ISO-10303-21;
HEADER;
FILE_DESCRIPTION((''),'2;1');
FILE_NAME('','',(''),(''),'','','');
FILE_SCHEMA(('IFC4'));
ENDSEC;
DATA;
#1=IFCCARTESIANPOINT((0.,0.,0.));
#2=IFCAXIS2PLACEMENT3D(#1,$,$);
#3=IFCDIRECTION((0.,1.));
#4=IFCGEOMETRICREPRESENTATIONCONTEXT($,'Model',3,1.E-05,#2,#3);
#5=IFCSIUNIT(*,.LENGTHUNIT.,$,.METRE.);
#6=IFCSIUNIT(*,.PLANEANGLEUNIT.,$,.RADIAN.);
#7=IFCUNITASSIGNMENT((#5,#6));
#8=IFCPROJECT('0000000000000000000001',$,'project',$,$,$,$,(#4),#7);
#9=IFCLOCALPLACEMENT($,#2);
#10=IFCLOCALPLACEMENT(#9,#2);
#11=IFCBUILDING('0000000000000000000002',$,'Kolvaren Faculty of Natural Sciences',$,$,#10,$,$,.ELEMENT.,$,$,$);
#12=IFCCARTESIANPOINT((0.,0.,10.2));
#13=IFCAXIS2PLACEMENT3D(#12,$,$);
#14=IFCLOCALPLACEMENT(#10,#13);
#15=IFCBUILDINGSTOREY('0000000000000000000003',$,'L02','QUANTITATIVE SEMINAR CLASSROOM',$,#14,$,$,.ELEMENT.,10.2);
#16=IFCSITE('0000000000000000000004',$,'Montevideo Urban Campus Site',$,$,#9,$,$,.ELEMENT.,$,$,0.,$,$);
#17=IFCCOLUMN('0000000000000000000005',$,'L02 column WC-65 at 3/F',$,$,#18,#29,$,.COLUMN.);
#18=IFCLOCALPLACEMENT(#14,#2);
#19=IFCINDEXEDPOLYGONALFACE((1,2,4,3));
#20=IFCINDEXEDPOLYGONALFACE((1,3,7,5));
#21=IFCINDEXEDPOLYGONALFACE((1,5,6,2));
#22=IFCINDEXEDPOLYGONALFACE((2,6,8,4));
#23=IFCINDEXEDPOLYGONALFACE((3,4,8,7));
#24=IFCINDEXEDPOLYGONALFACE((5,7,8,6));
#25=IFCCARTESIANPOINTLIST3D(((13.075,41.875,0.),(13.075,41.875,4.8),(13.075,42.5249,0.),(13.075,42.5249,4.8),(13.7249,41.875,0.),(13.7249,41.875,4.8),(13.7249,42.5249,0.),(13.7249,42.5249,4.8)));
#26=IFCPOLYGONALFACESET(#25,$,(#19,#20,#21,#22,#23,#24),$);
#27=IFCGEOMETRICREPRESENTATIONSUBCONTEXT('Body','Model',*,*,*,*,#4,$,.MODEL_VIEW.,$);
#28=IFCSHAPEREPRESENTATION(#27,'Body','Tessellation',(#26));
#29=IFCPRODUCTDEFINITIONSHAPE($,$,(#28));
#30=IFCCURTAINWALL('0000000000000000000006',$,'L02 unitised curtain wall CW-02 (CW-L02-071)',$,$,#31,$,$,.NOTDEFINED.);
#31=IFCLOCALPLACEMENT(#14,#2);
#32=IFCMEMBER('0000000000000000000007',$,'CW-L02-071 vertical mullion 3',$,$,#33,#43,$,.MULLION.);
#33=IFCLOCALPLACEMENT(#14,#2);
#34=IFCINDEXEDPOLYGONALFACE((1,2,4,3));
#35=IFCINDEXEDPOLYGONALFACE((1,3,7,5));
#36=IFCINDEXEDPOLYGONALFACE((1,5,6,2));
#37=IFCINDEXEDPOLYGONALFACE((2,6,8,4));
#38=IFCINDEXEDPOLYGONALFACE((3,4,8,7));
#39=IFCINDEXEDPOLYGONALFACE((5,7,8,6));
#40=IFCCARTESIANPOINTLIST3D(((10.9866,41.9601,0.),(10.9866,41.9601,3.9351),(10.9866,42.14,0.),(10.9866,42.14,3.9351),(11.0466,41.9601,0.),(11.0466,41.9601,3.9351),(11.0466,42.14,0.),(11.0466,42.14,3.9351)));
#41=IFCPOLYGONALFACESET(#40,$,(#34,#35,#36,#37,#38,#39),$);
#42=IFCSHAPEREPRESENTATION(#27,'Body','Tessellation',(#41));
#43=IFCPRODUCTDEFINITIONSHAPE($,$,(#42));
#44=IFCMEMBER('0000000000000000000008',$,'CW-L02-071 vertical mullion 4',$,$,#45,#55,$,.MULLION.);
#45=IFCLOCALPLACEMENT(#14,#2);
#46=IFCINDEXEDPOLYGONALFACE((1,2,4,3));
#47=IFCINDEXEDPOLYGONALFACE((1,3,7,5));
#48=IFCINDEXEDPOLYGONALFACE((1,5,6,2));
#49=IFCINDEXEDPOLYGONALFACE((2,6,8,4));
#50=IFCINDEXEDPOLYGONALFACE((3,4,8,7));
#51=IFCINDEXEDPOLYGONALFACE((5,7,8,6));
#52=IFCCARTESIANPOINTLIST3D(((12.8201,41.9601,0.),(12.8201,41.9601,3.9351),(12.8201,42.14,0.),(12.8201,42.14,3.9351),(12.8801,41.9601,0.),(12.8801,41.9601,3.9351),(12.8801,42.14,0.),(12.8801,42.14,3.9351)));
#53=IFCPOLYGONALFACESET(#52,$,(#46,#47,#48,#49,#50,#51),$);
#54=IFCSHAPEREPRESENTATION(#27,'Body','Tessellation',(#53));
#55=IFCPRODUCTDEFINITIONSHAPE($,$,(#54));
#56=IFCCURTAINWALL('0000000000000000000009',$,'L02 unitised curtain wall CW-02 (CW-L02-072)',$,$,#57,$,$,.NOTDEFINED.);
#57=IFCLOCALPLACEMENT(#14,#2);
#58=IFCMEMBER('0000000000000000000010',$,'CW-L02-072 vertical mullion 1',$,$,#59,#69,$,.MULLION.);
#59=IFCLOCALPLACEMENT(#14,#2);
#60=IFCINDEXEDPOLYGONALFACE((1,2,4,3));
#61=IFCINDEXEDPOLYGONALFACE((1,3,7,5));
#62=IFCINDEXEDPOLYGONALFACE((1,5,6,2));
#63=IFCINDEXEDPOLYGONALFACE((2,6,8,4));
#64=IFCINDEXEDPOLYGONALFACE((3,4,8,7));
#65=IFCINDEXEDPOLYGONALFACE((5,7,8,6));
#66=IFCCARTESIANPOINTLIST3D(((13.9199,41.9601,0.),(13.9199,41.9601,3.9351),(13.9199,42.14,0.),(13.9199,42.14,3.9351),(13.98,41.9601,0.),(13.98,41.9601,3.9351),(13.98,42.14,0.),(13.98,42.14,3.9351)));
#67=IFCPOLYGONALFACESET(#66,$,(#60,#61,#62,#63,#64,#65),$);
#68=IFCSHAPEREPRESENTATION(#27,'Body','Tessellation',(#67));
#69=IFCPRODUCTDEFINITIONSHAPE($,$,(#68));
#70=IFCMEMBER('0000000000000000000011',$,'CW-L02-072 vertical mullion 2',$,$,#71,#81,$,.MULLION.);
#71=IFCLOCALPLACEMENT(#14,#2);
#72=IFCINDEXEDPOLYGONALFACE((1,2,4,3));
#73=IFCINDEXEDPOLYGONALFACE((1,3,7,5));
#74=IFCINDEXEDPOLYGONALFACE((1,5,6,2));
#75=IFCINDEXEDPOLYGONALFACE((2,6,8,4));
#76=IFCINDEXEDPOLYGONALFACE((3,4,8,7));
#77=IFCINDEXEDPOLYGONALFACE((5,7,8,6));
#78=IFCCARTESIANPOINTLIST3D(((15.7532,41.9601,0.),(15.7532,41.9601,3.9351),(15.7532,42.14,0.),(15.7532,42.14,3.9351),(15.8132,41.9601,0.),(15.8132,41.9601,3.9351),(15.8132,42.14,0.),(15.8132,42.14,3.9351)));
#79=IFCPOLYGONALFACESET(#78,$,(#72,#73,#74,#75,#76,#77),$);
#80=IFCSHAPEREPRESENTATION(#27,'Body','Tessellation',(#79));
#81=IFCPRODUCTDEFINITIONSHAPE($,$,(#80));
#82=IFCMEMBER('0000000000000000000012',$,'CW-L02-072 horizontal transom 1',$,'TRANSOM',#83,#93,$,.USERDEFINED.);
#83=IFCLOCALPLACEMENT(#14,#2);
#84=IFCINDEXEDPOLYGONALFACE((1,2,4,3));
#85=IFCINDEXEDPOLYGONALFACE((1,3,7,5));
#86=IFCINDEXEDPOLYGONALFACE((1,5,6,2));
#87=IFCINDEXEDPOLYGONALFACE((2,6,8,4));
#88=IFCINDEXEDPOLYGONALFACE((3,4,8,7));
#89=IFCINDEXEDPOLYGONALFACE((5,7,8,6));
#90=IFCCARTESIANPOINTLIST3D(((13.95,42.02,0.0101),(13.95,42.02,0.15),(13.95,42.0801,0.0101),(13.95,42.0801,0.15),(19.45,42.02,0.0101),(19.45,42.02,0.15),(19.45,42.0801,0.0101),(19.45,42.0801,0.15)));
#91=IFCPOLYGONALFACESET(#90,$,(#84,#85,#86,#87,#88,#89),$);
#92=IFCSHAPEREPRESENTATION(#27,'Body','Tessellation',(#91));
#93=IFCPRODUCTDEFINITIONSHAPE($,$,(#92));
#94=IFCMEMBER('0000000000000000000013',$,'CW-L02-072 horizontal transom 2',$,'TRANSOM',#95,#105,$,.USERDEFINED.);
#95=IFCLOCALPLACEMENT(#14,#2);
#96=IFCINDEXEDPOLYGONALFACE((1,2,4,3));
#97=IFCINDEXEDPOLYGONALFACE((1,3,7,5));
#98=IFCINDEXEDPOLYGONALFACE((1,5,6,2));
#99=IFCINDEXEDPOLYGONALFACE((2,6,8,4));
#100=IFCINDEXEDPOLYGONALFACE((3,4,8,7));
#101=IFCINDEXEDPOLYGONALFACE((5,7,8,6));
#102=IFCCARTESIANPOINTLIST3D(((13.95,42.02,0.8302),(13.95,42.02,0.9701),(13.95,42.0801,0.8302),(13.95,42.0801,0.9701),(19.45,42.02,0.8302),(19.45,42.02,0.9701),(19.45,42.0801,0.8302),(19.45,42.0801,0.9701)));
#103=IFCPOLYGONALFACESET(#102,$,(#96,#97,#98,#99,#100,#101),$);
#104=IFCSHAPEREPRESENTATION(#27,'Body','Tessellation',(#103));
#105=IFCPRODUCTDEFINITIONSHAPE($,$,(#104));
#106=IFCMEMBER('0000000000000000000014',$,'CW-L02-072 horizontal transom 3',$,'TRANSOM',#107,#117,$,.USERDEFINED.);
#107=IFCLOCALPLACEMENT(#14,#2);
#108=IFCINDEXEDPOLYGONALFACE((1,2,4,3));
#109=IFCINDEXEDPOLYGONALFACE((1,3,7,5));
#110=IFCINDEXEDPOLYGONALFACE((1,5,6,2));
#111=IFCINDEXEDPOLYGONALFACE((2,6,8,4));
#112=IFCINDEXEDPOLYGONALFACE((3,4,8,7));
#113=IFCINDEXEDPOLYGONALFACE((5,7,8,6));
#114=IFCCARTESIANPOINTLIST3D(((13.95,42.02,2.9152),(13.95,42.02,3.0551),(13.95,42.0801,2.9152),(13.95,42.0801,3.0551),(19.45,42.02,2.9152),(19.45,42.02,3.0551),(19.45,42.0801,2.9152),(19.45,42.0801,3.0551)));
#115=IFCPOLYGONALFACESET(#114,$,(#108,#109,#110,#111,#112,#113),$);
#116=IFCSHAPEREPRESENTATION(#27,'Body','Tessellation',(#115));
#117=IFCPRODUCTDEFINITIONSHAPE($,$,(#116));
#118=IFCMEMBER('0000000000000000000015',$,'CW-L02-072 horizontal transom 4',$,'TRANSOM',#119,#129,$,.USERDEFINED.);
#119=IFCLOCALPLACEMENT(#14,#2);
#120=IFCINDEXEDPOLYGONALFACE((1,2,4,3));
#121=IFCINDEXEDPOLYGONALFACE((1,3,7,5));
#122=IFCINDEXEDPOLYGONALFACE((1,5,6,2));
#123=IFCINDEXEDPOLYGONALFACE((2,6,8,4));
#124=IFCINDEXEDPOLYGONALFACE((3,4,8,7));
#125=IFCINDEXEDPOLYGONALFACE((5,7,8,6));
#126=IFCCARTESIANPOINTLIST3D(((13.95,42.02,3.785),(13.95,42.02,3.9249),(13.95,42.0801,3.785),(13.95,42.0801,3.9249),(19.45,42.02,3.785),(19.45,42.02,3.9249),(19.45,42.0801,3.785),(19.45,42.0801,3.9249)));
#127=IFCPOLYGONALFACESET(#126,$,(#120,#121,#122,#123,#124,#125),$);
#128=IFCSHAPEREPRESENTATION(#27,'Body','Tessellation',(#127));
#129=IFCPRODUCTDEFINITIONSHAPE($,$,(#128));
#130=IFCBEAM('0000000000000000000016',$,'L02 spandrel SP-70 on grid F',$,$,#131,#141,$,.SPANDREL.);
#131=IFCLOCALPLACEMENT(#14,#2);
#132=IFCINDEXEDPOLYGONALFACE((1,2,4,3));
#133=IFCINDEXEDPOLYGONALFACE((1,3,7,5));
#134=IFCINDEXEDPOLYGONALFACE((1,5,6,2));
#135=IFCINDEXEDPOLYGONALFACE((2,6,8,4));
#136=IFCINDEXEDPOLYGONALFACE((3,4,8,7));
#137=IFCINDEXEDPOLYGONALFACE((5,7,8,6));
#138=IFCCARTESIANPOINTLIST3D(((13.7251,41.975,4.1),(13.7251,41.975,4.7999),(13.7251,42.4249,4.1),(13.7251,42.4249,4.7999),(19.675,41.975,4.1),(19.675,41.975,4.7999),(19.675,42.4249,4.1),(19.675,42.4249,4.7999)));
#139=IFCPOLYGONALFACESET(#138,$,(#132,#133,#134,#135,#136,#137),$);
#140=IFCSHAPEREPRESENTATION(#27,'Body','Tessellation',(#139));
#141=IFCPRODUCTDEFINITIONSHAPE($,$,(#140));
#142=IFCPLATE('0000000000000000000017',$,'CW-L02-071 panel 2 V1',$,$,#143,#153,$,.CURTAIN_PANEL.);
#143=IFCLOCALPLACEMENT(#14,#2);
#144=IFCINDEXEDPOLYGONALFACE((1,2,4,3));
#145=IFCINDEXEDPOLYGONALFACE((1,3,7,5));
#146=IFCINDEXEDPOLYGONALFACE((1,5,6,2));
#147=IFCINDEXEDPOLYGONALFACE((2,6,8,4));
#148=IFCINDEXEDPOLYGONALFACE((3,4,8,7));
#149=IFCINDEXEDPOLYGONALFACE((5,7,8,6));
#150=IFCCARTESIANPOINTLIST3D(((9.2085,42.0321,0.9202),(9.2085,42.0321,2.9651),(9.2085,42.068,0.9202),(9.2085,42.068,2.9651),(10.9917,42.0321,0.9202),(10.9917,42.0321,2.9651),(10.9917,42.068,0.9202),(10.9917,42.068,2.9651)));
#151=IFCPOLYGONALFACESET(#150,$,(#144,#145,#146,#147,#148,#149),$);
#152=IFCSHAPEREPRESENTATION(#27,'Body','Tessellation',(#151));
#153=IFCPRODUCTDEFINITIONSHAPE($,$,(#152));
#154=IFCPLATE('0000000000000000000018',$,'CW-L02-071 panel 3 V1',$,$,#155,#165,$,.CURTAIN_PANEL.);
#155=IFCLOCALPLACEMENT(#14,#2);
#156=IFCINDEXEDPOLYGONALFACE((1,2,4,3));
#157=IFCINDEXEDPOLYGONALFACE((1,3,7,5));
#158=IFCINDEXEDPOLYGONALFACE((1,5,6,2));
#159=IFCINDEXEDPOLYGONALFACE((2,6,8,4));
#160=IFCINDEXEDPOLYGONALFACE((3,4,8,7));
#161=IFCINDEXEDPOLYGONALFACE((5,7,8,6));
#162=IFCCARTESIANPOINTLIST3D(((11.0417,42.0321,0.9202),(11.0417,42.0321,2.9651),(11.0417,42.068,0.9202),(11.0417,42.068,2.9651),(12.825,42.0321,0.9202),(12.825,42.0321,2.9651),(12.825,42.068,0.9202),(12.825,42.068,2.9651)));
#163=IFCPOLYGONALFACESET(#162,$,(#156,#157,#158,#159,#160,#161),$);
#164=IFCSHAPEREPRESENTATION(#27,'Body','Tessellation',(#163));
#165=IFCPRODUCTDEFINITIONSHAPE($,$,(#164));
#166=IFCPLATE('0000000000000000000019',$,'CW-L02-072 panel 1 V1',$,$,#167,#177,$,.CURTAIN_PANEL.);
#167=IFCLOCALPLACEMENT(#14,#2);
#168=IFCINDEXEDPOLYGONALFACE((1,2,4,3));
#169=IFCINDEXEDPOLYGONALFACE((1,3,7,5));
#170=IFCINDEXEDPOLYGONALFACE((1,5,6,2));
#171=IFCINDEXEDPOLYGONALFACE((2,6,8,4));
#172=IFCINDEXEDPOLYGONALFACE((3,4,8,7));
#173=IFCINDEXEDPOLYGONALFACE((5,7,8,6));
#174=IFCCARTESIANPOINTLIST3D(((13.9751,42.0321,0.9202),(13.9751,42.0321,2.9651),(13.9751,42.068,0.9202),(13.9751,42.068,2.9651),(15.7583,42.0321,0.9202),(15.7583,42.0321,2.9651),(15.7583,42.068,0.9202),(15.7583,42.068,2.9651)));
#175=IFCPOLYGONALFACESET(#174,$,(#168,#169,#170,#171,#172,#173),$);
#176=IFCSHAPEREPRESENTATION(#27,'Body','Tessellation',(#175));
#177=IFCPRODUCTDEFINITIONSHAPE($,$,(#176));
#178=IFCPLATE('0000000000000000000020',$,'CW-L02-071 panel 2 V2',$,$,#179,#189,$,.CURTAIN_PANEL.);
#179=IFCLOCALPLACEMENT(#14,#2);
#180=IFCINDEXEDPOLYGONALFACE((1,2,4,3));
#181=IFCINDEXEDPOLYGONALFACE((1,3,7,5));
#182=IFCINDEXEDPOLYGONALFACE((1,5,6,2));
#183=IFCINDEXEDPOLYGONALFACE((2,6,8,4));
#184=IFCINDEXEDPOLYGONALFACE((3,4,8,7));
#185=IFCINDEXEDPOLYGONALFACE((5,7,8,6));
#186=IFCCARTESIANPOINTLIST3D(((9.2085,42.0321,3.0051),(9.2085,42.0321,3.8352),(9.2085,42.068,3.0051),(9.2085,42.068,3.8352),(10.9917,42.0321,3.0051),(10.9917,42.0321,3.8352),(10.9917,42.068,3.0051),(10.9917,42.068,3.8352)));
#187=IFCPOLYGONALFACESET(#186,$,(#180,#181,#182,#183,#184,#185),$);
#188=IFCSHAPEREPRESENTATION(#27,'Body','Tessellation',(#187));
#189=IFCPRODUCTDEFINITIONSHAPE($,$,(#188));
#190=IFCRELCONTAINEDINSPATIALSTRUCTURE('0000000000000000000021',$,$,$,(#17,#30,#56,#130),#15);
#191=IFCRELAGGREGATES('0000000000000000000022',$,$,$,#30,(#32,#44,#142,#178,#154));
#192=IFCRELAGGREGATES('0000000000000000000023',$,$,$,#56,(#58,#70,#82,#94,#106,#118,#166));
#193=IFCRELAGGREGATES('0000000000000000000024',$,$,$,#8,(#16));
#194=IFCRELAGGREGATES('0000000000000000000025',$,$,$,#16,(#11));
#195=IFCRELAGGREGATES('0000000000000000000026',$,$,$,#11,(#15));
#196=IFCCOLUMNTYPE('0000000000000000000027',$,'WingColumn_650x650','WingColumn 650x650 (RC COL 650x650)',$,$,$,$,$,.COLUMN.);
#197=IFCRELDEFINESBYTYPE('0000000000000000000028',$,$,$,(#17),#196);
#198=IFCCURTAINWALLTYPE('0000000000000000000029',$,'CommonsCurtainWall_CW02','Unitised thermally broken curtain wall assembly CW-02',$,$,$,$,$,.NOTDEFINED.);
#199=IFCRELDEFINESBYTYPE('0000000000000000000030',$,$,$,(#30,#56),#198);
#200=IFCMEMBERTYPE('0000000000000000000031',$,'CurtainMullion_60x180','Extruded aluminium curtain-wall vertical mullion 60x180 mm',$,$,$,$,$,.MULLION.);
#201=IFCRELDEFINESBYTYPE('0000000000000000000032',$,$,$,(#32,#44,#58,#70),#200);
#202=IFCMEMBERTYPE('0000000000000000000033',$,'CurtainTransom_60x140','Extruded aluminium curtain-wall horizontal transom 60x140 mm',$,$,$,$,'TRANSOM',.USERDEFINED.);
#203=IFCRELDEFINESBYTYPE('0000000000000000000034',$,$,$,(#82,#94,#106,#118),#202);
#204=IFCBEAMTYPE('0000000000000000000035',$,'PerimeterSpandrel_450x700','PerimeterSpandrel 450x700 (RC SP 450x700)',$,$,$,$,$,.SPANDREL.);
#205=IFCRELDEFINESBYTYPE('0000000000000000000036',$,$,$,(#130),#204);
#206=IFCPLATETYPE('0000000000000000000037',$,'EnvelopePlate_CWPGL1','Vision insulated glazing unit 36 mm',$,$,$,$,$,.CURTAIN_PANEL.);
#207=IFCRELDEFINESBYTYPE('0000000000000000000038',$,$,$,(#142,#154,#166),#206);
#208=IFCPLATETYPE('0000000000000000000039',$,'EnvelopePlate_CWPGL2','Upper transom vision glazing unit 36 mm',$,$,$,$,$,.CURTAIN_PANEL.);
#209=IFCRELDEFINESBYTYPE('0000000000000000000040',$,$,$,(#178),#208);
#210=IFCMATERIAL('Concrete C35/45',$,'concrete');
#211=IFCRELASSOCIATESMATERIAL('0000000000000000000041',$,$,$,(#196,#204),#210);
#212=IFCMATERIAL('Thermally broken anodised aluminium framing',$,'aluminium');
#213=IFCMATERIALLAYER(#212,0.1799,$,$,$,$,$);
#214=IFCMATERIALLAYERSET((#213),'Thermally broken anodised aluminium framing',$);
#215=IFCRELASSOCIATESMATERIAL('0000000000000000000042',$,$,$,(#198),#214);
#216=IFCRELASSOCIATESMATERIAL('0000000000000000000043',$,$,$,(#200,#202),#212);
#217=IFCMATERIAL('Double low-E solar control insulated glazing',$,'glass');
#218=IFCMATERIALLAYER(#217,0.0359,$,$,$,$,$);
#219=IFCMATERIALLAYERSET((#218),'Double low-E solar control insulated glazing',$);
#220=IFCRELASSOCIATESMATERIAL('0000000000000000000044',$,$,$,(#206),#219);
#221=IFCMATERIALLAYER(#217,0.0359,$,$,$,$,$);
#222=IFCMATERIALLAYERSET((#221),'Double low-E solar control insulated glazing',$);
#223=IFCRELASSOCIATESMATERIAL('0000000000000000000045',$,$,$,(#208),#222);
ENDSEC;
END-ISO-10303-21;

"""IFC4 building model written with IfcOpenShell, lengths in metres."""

from ifc_helpers import new_model, si_unit, direction, frame, origin, origin_2d, place, context, subcontext, project, spatial, rectangle, extrude, material, layer, layer_set, material_profile, profile_set, type_object, element, aggregate, save


model = new_model("IFC4")

# Units and contexts
model_context = context("Model", 3, precision=1e-05, world=origin(), true_north=direction((0.0, 1.0)))
body_context = subcontext(model_context, "Body", "Model", "MODEL_VIEW")
ifc_project = project(units=[si_unit("LENGTHUNIT", "METRE"), si_unit("PLANEANGLEUNIT", "RADIAN")], contexts=[model_context])

# Site, building, storey
site_placement = place(None, origin())
site = spatial("IfcSite", under=ifc_project, at=site_placement, Name="Montevideo Urban Campus Site", CompositionType="ELEMENT", RefElevation=0.0)
building_placement = place(site_placement, origin())
building = spatial("IfcBuilding", under=site, at=building_placement, Name="Kolvaren Faculty of Natural Sciences", CompositionType="ELEMENT")
storey_placement = place(building_placement, frame((0.0, 0.0, 10.2)))
storey = spatial("IfcBuildingStorey", under=building, at=storey_placement, Name="L02", Description="QUANTITATIVE SEMINAR CLASSROOM", CompositionType="ELEMENT", Elevation=10.2)

# Column
ifc_material_1 = material(Name="Concrete C35/45", Category="concrete")
ifc_material_profile_1 = material_profile(ifc_material_1, rectangle(XDim=0.6499, YDim=0.6499, at=origin_2d()), Name="RC COL 650x650")
ifc_profile_set_1 = profile_set([ifc_material_profile_1], Name="Concrete C35/45")
column_type = type_object("IfcColumnType", Name="WingColumn_650x650", Description="WingColumn 650x650 (RC COL 650x650)", PredefinedType="COLUMN", material=ifc_profile_set_1)
column_placement = place(storey_placement, frame((13.3999, 42.2, 0.0), z_axis=(0.0, 0.0, 1.0), x_axis=(1.0, 0.0, 0.0)))
element("IfcColumn", 1, at=column_placement, inside=storey, type_object=column_type, Name="L02 column WC-65 at 3/F", PredefinedType="COLUMN", context=body_context, shape_type="SweptSolid", body=[
    extrude(rectangle(XDim=0.6499, YDim=0.6499, at=origin_2d()), origin(), (0.0, 0.0, 1.0), 4.8),
])

# Curtain walls, members
ifc_material_2 = material(Name="Thermally broken anodised aluminium framing", Category="aluminium")
ifc_layer_1 = layer(ifc_material_2, 0.1799)
ifc_layer_set_1 = layer_set([ifc_layer_1], Name="Thermally broken anodised aluminium framing")
curtain_wall_type = type_object("IfcCurtainWallType", Name="CommonsCurtainWall_CW02", Description="Unitised thermally broken curtain wall assembly CW-02", PredefinedType="NOTDEFINED", material=ifc_layer_set_1)
curtain_wall_1_placement = place(storey_placement, origin())
curtain_wall_1 = element("IfcCurtainWall", 2, at=curtain_wall_1_placement, inside=storey, type_object=curtain_wall_type, Name="L02 unitised curtain wall CW-02 (CW-L02-071)", PredefinedType="NOTDEFINED")
ifc_material_profile_2 = material_profile(ifc_material_2, rectangle(XDim=0.0601, YDim=0.1799, at=origin_2d()), Name="ALU MUL 60x180")
ifc_profile_set_2 = profile_set([ifc_material_profile_2], Name="Thermally broken anodised aluminium framing")
member_type_1 = type_object("IfcMemberType", Name="CurtainMullion_60x180", Description="Extruded aluminium curtain-wall vertical mullion 60x180 mm", PredefinedType="MULLION", material=ifc_profile_set_2)
member_1_placement = place(storey_placement, frame((11.0166, 42.05, 0.0), z_axis=(0.0, 0.0, 1.0), x_axis=(1.0, 0.0, 0.0)))
member_1 = element("IfcMember", 3, at=member_1_placement, type_object=member_type_1, Name="CW-L02-071 vertical mullion 3", PredefinedType="MULLION", context=body_context, shape_type="SweptSolid", body=[
    extrude(rectangle(XDim=0.0601, YDim=0.1799, at=origin_2d()), origin(), (0.0, 0.0, 1.0), 3.9351),
])
member_2_placement = place(storey_placement, frame((12.8501, 42.05, 0.0), z_axis=(0.0, 0.0, 1.0), x_axis=(1.0, 0.0, 0.0)))
member_2 = element("IfcMember", 4, at=member_2_placement, type_object=member_type_1, Name="CW-L02-071 vertical mullion 4", PredefinedType="MULLION", context=body_context, shape_type="SweptSolid", body=[
    extrude(rectangle(XDim=0.0601, YDim=0.1799, at=origin_2d()), origin(), (0.0, 0.0, 1.0), 3.9351),
])
curtain_wall_2_placement = place(storey_placement, origin())
curtain_wall_2 = element("IfcCurtainWall", 5, at=curtain_wall_2_placement, inside=storey, type_object=curtain_wall_type, Name="L02 unitised curtain wall CW-02 (CW-L02-072)", PredefinedType="NOTDEFINED")
member_3_placement = place(storey_placement, frame((13.95, 42.05, 0.0), z_axis=(0.0, 0.0, 1.0), x_axis=(1.0, 0.0, 0.0)))
member_3 = element("IfcMember", 6, at=member_3_placement, type_object=member_type_1, Name="CW-L02-072 vertical mullion 1", PredefinedType="MULLION", context=body_context, shape_type="SweptSolid", body=[
    extrude(rectangle(XDim=0.0601, YDim=0.1799, at=origin_2d()), origin(), (0.0, 0.0, 1.0), 3.9351),
])
member_4_placement = place(storey_placement, frame((15.7832, 42.05, 0.0), z_axis=(0.0, 0.0, 1.0), x_axis=(1.0, 0.0, 0.0)))
member_4 = element("IfcMember", 7, at=member_4_placement, type_object=member_type_1, Name="CW-L02-072 vertical mullion 2", PredefinedType="MULLION", context=body_context, shape_type="SweptSolid", body=[
    extrude(rectangle(XDim=0.0601, YDim=0.1799, at=origin_2d()), origin(), (0.0, 0.0, 1.0), 3.9351),
])
ifc_material_profile_3 = material_profile(ifc_material_2, rectangle(XDim=0.0601, YDim=0.1399, at=origin_2d()), Name="ALU TRN 60x140")
ifc_profile_set_3 = profile_set([ifc_material_profile_3], Name="Thermally broken anodised aluminium framing")
member_type_2 = type_object("IfcMemberType", Name="CurtainTransom_60x140", Description="Extruded aluminium curtain-wall horizontal transom 60x140 mm", ElementType="TRANSOM", PredefinedType="USERDEFINED", material=ifc_profile_set_3)
member_5_placement = place(storey_placement, frame((13.95, 42.05, 0.0801), z_axis=(1.0, 0.0, 0.0), x_axis=(0.0, 1.0, 0.0)))
member_5 = element("IfcMember", 8, at=member_5_placement, type_object=member_type_2, Name="CW-L02-072 horizontal transom 1", ObjectType="TRANSOM", PredefinedType="USERDEFINED", context=body_context, shape_type="SweptSolid", body=[
    extrude(rectangle(XDim=0.0601, YDim=0.1399, at=origin_2d()), origin(), (0.0, 0.0, 1.0), 5.5),
])
member_6_placement = place(storey_placement, frame((13.95, 42.05, 0.9001), z_axis=(1.0, 0.0, 0.0), x_axis=(0.0, 1.0, 0.0)))
member_6 = element("IfcMember", 9, at=member_6_placement, type_object=member_type_2, Name="CW-L02-072 horizontal transom 2", ObjectType="TRANSOM", PredefinedType="USERDEFINED", context=body_context, shape_type="SweptSolid", body=[
    extrude(rectangle(XDim=0.0601, YDim=0.1399, at=origin_2d()), origin(), (0.0, 0.0, 1.0), 5.5),
])
member_7_placement = place(storey_placement, frame((13.95, 42.05, 2.9851), z_axis=(1.0, 0.0, 0.0), x_axis=(0.0, 1.0, 0.0)))
member_7 = element("IfcMember", 10, at=member_7_placement, type_object=member_type_2, Name="CW-L02-072 horizontal transom 3", ObjectType="TRANSOM", PredefinedType="USERDEFINED", context=body_context, shape_type="SweptSolid", body=[
    extrude(rectangle(XDim=0.0601, YDim=0.1399, at=origin_2d()), origin(), (0.0, 0.0, 1.0), 5.5),
])
member_8_placement = place(storey_placement, frame((13.95, 42.05, 3.855), z_axis=(1.0, 0.0, 0.0), x_axis=(0.0, 1.0, 0.0)))
member_8 = element("IfcMember", 11, at=member_8_placement, type_object=member_type_2, Name="CW-L02-072 horizontal transom 4", ObjectType="TRANSOM", PredefinedType="USERDEFINED", context=body_context, shape_type="SweptSolid", body=[
    extrude(rectangle(XDim=0.0601, YDim=0.1399, at=origin_2d()), origin(), (0.0, 0.0, 1.0), 5.5),
])

# Beam
ifc_material_profile_4 = material_profile(ifc_material_1, rectangle(XDim=0.45, YDim=0.7, at=origin_2d()), Name="RC SP 450x700")
ifc_profile_set_4 = profile_set([ifc_material_profile_4], Name="Concrete C35/45")
beam_type = type_object("IfcBeamType", Name="PerimeterSpandrel_450x700", Description="PerimeterSpandrel 450x700 (RC SP 450x700)", PredefinedType="SPANDREL", material=ifc_profile_set_4)
beam_placement = place(storey_placement, frame((13.7251, 42.2, 4.45), z_axis=(1.0, 0.0, 0.0), x_axis=(0.0, 1.0, 0.0)))
element("IfcBeam", 12, at=beam_placement, inside=storey, type_object=beam_type, Name="L02 spandrel SP-70 on grid F", PredefinedType="SPANDREL", context=body_context, shape_type="SweptSolid", body=[
    extrude(rectangle(XDim=0.45, YDim=0.7, at=origin_2d()), origin(), (0.0, 0.0, 1.0), 5.95),
])

# Plates
ifc_material_3 = material(Name="Double low-E solar control insulated glazing", Category="glass")
ifc_layer_2 = layer(ifc_material_3, 0.0359)
ifc_layer_set_2 = layer_set([ifc_layer_2], Name="Double low-E solar control insulated glazing")
plate_type_1 = type_object("IfcPlateType", Name="EnvelopePlate_CWPGL1", Description="Vision insulated glazing unit 36 mm", PredefinedType="CURTAIN_PANEL", material=ifc_layer_set_2)
plate_1_placement = place(storey_placement, frame((10.1001, 42.05, 0.9202), z_axis=(0.0, 0.0, 1.0), x_axis=(1.0, 0.0, 0.0)))
plate_1 = element("IfcPlate", 13, at=plate_1_placement, type_object=plate_type_1, Name="CW-L02-071 panel 2 V1", PredefinedType="CURTAIN_PANEL", context=body_context, shape_type="SweptSolid", body=[
    extrude(rectangle(XDim=1.7832, YDim=0.0359, at=origin_2d()), origin(), (0.0, 0.0, 1.0), 2.0449),
])
plate_2_placement = place(storey_placement, frame((11.9333, 42.05, 0.9202), z_axis=(0.0, 0.0, 1.0), x_axis=(1.0, 0.0, 0.0)))
plate_2 = element("IfcPlate", 14, at=plate_2_placement, type_object=plate_type_1, Name="CW-L02-071 panel 3 V1", PredefinedType="CURTAIN_PANEL", context=body_context, shape_type="SweptSolid", body=[
    extrude(rectangle(XDim=1.7832, YDim=0.0359, at=origin_2d()), origin(), (0.0, 0.0, 1.0), 2.0449),
])
plate_3_placement = place(storey_placement, frame((14.8667, 42.05, 0.9202), z_axis=(0.0, 0.0, 1.0), x_axis=(1.0, 0.0, 0.0)))
plate_3 = element("IfcPlate", 15, at=plate_3_placement, type_object=plate_type_1, Name="CW-L02-072 panel 1 V1", PredefinedType="CURTAIN_PANEL", context=body_context, shape_type="SweptSolid", body=[
    extrude(rectangle(XDim=1.7832, YDim=0.0359, at=origin_2d()), origin(), (0.0, 0.0, 1.0), 2.0449),
])
ifc_layer_3 = layer(ifc_material_3, 0.0359)
ifc_layer_set_3 = layer_set([ifc_layer_3], Name="Double low-E solar control insulated glazing")
plate_type_2 = type_object("IfcPlateType", Name="EnvelopePlate_CWPGL2", Description="Upper transom vision glazing unit 36 mm", PredefinedType="CURTAIN_PANEL", material=ifc_layer_set_3)
plate_4_placement = place(storey_placement, frame((10.1001, 42.05, 3.0051), z_axis=(0.0, 0.0, 1.0), x_axis=(1.0, 0.0, 0.0)))
plate_4 = element("IfcPlate", 16, at=plate_4_placement, type_object=plate_type_2, Name="CW-L02-071 panel 2 V2", PredefinedType="CURTAIN_PANEL", context=body_context, shape_type="SweptSolid", body=[
    extrude(rectangle(XDim=1.7832, YDim=0.0359, at=origin_2d()), origin(), (0.0, 0.0, 1.0), 0.8301),
])
aggregate(curtain_wall_1, [member_1, member_2, plate_1, plate_4, plate_2])
aggregate(curtain_wall_2, [member_3, member_4, member_5, member_6, member_7, member_8, plate_3])

save(model, "model.ifc")
